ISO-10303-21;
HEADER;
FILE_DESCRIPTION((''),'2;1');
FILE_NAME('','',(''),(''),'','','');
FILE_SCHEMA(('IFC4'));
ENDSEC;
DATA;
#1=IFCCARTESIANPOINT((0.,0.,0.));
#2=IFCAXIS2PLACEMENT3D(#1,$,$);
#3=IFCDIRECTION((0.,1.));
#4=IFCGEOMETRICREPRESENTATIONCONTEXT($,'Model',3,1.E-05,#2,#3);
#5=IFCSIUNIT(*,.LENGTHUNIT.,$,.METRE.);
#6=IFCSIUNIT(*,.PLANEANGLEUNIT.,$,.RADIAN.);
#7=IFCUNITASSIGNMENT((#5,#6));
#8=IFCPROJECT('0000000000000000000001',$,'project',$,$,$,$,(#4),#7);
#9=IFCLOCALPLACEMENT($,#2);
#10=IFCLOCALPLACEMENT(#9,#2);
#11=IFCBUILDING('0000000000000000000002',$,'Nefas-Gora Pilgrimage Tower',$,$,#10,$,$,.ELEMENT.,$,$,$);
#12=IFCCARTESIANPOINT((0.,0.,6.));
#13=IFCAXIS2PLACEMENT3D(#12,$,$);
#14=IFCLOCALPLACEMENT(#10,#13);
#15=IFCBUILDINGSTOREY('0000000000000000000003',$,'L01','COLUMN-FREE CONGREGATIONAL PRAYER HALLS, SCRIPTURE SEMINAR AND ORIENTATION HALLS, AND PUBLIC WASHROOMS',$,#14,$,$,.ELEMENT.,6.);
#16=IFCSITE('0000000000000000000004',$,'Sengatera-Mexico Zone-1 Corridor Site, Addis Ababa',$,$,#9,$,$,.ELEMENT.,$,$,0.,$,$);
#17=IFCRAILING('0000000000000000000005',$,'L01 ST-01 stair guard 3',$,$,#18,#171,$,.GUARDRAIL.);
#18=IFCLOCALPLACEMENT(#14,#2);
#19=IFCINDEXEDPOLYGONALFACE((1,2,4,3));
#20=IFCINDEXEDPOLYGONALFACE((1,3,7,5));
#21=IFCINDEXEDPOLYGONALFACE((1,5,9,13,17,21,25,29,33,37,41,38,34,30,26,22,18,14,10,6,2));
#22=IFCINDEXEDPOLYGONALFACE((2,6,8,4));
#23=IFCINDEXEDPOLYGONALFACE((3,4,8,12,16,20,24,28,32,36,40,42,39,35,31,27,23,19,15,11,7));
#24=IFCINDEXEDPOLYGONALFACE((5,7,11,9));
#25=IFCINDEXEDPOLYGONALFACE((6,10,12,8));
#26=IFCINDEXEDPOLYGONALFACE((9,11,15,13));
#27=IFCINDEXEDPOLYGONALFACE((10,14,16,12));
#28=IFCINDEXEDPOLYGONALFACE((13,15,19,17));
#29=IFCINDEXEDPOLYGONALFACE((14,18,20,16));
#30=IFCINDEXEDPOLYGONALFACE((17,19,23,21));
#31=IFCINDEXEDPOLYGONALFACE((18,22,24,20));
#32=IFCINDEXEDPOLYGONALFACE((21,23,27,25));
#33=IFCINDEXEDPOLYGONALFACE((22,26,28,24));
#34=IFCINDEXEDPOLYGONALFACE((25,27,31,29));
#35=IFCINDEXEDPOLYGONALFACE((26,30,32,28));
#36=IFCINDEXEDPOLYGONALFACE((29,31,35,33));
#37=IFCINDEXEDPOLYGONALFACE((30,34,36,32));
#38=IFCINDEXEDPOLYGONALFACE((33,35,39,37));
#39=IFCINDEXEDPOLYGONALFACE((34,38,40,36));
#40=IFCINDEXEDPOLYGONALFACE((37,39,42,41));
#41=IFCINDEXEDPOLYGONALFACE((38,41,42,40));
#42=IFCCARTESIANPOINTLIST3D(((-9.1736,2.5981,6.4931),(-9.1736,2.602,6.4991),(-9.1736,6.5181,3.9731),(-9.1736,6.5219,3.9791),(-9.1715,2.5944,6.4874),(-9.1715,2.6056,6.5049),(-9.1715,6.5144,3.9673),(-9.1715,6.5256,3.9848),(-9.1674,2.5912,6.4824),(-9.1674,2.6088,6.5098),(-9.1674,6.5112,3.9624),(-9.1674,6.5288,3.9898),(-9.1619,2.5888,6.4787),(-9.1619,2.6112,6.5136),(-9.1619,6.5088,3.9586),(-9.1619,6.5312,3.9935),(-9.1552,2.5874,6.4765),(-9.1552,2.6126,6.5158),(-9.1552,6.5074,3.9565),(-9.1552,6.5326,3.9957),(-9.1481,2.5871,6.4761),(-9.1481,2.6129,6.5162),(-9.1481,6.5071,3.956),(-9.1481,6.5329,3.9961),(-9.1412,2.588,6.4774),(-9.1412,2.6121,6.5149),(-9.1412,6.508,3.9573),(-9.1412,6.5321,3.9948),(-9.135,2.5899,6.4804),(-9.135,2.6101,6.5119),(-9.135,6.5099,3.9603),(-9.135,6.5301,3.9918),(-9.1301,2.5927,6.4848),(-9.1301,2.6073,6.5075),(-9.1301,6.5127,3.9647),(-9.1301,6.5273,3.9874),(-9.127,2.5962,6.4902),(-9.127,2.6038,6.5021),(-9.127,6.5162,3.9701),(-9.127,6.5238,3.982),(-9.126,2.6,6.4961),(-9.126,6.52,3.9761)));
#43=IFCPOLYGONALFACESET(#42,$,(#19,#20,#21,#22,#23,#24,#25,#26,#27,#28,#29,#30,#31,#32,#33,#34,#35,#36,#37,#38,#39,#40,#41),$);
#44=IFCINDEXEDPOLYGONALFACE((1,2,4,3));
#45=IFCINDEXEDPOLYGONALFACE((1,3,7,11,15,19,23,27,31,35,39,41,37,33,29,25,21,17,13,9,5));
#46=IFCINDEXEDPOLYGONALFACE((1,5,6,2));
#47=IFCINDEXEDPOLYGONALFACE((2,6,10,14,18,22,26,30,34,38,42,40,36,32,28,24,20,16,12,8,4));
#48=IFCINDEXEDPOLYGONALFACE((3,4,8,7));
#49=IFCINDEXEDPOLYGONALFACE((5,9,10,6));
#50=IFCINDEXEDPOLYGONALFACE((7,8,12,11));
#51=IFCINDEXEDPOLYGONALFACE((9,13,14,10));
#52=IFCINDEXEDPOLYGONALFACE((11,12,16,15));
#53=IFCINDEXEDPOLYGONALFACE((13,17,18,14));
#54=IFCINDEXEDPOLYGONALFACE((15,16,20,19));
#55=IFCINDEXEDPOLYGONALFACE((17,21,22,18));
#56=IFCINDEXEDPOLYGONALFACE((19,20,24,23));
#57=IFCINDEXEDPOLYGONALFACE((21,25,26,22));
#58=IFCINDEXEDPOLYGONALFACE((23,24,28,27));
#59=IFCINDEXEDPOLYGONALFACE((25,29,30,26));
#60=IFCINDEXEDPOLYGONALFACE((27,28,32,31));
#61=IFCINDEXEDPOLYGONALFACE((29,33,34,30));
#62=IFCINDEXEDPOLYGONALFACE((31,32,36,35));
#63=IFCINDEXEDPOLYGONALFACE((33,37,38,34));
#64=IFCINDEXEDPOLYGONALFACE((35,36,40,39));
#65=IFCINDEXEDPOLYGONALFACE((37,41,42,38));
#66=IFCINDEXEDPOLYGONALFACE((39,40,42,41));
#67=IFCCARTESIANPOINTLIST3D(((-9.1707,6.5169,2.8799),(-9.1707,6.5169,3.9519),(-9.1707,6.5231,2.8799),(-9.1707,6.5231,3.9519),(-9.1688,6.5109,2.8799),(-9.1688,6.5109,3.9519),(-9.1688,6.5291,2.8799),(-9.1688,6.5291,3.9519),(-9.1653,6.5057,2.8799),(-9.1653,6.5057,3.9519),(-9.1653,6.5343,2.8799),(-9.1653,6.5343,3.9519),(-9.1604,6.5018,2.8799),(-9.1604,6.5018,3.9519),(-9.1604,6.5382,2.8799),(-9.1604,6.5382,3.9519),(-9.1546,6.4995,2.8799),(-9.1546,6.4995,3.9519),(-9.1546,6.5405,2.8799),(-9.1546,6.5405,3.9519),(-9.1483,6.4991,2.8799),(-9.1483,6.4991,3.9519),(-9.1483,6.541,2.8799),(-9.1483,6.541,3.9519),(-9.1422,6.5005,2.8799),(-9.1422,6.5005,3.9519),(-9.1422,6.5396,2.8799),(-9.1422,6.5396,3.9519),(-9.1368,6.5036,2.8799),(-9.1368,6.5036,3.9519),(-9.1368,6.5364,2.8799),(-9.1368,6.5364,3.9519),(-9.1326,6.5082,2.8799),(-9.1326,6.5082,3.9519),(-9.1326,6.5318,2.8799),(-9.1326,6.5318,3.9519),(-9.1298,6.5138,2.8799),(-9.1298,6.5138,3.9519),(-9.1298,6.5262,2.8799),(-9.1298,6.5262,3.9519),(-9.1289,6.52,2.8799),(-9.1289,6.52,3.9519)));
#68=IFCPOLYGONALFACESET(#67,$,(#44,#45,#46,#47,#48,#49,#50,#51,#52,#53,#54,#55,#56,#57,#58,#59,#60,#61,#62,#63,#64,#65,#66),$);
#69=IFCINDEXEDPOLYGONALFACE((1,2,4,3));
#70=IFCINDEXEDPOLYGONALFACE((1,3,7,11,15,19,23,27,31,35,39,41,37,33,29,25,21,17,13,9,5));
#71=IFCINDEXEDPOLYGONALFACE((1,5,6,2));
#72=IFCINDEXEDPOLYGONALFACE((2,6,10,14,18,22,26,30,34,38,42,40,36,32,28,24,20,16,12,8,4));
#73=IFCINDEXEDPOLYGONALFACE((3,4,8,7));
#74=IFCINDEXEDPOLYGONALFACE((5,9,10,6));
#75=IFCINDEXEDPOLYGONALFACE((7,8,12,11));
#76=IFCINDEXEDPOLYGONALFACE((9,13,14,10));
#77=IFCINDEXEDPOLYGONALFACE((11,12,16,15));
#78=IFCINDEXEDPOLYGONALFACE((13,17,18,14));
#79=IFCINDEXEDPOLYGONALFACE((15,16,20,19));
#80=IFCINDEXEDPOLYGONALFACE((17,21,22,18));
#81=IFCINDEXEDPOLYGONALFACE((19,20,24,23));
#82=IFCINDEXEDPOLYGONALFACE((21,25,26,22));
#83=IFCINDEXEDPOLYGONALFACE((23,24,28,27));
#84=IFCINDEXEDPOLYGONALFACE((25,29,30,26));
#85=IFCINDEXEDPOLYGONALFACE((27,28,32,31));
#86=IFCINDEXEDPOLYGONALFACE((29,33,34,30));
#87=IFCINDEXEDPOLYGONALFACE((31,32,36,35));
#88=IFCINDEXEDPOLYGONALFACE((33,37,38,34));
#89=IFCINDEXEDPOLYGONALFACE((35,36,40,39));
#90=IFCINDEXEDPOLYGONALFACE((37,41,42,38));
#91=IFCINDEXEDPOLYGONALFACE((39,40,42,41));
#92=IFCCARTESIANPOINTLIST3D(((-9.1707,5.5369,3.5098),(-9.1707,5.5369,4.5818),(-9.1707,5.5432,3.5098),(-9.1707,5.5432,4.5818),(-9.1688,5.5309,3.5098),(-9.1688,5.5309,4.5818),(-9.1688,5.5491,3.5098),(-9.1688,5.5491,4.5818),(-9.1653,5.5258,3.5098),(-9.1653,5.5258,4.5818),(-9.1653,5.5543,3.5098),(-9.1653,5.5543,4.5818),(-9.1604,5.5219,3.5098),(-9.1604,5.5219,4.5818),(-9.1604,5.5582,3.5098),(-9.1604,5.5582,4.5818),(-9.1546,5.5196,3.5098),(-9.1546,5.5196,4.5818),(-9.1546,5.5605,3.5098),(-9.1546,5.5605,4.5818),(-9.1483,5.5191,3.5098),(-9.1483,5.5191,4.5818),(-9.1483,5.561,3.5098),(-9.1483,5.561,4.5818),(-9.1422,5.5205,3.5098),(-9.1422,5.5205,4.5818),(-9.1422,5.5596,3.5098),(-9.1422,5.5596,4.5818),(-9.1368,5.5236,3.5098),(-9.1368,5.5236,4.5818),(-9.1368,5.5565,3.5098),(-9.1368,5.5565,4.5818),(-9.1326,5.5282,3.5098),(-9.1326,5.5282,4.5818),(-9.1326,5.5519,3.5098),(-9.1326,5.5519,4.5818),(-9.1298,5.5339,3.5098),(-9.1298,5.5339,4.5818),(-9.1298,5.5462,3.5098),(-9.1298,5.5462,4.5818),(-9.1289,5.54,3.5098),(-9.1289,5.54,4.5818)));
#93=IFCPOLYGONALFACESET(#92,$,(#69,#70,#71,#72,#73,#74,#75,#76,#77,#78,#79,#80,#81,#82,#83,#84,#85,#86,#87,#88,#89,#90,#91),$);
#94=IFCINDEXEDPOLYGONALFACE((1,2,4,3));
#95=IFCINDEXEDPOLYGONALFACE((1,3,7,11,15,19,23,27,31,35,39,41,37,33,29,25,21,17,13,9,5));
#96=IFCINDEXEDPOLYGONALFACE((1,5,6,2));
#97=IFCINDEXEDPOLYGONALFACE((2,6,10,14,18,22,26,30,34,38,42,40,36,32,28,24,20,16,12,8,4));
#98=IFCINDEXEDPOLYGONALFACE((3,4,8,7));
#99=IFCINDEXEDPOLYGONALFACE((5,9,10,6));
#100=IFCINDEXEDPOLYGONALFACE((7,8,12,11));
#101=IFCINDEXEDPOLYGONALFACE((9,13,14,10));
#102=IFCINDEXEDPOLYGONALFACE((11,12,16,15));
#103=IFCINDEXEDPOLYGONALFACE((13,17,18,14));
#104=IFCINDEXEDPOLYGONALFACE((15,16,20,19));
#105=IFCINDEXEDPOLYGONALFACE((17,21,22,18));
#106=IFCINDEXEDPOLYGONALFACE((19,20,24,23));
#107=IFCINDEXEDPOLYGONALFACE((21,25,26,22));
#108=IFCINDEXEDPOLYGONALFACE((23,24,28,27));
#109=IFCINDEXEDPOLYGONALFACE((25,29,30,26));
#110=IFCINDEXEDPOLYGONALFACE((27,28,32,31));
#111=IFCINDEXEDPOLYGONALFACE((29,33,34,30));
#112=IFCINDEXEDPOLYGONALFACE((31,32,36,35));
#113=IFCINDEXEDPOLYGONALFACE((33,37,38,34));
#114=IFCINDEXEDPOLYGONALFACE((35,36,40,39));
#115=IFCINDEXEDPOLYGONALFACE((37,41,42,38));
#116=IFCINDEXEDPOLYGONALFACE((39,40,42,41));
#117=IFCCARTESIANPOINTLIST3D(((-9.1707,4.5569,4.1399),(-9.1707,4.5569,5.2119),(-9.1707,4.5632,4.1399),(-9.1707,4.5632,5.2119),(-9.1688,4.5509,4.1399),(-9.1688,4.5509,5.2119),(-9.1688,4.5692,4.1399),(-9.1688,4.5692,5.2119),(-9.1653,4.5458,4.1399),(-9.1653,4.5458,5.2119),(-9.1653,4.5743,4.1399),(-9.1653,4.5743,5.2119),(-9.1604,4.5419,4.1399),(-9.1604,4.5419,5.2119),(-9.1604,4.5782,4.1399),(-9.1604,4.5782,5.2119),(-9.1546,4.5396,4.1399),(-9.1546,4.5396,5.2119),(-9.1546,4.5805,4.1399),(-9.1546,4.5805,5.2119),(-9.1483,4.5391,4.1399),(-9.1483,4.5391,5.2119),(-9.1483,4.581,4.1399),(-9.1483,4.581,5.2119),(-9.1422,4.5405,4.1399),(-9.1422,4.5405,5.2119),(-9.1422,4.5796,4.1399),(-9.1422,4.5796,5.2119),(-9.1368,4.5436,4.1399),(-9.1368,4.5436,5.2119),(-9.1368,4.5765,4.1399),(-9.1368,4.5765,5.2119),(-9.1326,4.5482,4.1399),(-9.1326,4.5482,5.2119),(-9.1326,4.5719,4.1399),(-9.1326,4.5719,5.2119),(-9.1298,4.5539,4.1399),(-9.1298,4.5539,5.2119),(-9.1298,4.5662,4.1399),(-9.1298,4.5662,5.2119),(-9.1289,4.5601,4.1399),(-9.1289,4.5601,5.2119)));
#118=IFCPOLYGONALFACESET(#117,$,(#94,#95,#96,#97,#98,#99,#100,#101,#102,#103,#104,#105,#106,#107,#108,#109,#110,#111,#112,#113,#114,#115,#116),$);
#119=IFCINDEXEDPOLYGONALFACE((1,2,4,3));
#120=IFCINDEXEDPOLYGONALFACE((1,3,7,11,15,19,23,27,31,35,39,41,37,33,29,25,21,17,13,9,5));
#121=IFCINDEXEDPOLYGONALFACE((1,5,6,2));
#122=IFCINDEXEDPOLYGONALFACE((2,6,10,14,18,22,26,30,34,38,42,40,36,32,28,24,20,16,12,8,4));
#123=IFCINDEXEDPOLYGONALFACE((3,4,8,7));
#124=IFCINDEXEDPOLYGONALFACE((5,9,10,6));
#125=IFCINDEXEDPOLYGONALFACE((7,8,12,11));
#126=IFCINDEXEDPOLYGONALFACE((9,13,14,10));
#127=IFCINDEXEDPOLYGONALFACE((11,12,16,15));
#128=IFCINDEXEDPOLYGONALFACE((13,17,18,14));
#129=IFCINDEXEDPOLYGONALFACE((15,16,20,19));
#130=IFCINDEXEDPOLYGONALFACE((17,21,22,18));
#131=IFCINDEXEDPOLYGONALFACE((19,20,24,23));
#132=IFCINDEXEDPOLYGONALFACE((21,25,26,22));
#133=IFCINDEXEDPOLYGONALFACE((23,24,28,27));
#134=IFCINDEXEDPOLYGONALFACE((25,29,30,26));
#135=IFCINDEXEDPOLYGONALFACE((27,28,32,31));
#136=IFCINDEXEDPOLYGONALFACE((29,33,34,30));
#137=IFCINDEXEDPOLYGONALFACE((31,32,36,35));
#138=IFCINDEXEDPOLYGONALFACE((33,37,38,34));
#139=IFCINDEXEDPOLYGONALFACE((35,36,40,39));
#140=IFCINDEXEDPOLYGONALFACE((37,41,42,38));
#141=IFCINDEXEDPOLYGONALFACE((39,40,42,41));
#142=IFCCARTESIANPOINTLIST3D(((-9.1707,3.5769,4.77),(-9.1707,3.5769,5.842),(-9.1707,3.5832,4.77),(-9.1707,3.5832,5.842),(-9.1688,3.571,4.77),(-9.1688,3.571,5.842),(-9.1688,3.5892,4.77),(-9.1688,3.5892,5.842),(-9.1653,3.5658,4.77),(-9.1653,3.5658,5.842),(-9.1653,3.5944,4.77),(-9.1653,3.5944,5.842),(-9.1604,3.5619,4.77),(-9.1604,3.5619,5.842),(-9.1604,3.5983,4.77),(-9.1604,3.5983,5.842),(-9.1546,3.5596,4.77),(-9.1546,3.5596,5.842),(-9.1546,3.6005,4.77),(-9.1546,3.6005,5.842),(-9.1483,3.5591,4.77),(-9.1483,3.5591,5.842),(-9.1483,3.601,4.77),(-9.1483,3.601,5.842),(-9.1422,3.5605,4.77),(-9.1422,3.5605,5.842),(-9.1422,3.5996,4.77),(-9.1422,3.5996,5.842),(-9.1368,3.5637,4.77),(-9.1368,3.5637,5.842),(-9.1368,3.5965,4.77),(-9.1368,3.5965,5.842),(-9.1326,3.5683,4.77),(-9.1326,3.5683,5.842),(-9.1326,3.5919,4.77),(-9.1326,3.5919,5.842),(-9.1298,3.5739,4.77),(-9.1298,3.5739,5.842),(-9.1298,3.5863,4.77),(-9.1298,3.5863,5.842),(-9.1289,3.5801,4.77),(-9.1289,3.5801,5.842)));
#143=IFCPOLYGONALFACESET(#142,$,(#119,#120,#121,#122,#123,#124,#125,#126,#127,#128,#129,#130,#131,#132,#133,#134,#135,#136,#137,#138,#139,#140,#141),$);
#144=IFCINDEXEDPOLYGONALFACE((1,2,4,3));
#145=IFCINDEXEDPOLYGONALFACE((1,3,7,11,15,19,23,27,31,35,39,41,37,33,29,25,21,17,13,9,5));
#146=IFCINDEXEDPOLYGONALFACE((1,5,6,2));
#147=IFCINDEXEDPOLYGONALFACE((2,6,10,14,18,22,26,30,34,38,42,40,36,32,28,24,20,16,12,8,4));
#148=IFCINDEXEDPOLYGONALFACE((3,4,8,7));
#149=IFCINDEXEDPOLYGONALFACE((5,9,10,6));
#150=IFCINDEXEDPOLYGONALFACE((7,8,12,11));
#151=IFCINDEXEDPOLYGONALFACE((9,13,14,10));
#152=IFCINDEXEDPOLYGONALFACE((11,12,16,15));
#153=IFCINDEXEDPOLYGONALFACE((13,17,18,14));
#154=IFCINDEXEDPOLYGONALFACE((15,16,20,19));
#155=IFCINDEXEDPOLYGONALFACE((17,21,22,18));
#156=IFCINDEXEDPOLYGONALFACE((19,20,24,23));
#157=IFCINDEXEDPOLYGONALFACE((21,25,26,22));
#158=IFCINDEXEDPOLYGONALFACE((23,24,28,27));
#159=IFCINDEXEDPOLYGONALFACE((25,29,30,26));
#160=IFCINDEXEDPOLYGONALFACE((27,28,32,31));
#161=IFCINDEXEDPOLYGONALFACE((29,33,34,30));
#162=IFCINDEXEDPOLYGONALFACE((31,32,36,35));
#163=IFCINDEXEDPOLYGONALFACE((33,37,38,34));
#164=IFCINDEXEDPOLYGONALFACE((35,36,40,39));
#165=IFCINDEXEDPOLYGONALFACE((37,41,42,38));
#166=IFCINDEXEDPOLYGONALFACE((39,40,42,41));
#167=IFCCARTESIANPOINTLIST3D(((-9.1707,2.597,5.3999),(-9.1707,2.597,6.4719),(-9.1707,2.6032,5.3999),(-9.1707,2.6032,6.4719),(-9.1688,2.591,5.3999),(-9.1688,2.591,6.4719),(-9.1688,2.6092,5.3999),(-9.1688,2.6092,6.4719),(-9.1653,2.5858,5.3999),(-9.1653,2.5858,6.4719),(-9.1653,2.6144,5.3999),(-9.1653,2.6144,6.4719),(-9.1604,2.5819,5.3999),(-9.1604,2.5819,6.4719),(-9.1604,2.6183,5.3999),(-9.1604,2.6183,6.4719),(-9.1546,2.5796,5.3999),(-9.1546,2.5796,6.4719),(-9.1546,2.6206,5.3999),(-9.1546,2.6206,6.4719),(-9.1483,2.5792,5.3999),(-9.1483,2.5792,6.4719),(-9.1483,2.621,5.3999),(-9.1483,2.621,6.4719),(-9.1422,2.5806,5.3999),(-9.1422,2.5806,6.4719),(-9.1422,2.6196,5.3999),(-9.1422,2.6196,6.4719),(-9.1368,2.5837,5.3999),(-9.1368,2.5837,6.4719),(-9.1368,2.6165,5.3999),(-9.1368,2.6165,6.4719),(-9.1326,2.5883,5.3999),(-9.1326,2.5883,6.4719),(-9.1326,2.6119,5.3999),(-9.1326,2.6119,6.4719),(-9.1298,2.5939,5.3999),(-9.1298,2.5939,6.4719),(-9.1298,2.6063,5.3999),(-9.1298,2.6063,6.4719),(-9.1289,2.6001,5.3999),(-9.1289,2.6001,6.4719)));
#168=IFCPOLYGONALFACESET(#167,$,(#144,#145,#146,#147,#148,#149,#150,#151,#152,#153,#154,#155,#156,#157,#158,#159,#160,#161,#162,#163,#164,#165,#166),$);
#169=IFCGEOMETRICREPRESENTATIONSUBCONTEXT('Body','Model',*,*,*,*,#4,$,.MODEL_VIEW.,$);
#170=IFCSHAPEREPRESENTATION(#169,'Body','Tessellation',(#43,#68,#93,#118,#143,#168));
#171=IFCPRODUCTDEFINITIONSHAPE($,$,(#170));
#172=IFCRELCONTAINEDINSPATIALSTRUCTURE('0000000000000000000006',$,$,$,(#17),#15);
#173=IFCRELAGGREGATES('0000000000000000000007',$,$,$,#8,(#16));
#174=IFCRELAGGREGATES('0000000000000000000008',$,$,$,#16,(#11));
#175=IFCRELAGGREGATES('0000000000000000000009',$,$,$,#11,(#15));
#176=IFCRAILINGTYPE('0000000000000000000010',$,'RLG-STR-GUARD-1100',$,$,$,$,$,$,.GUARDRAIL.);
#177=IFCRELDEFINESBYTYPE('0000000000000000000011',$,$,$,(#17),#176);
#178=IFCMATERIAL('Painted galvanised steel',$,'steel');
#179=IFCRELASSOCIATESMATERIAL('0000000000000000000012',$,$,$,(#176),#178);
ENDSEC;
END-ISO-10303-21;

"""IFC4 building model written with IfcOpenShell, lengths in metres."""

from ifc_helpers import new_model, si_unit, direction, frame, origin, origin_2d, place, context, subcontext, project, spatial, circle, extrude, material, type_object, element, save


model = new_model("IFC4")

# Units and contexts
model_context = context("Model", 3, precision=1e-05, world=origin(), true_north=direction((0.0, 1.0)))
body_context = subcontext(model_context, "Body", "Model", "MODEL_VIEW")
ifc_project = project(units=[si_unit("LENGTHUNIT", "METRE"), si_unit("PLANEANGLEUNIT", "RADIAN")], contexts=[model_context])

# Site, building, storey
site_placement = place(None, origin())
site = spatial("IfcSite", under=ifc_project, at=site_placement, Name="Sengatera-Mexico Zone-1 Corridor Site, Addis Ababa", CompositionType="ELEMENT", RefElevation=0.0)
building_placement = place(site_placement, origin())
building = spatial("IfcBuilding", under=site, at=building_placement, Name="Nefas-Gora Pilgrimage Tower", CompositionType="ELEMENT")
storey_placement = place(building_placement, frame((0.0, 0.0, 6.0)))
storey = spatial("IfcBuildingStorey", under=building, at=storey_placement, Name="L01", Description="COLUMN-FREE CONGREGATIONAL PRAYER HALLS, SCRIPTURE SEMINAR AND ORIENTATION HALLS, AND PUBLIC WASHROOMS", CompositionType="ELEMENT", Elevation=6.0)

# Railing
ifc_material_1 = material(Name="Painted galvanised steel", Category="steel")
railing_type_1 = type_object("IfcRailingType", Name="RLG-STR-GUARD-1100", PredefinedType="GUARDRAIL", material=ifc_material_1)
railing_1_placement = place(storey_placement, frame((-9.1499, 6.52, 2.8799)))
element("IfcRailing", 1, at=railing_1_placement, inside=storey, type_object=railing_type_1, Name="L01 ST-01 stair guard 3", PredefinedType="GUARDRAIL", context=body_context, shape_type="SweptSolid", body=[
    extrude(circle(Radius=0.0239, at=origin_2d()), frame((0.0, 0.0, 1.0962), z_axis=(0.0, -0.841172, 0.540768), x_axis=(1.0, 0.0, 0.0)), (0.0, 0.0, 1.0), 4.6602),
    extrude(circle(Radius=0.021, at=origin_2d()), origin(), (0.0, 0.0, 1.0), 1.072),
    extrude(circle(Radius=0.021, at=origin_2d()), frame((0.0, -0.98, 0.6299)), (0.0, 0.0, 1.0), 1.072),
    extrude(circle(Radius=0.021, at=origin_2d()), frame((0.0, -1.96, 1.26)), (0.0, 0.0, 1.0), 1.072),
    extrude(circle(Radius=0.021, at=origin_2d()), frame((0.0, -2.9399, 1.8901)), (0.0, 0.0, 1.0), 1.072),
    extrude(circle(Radius=0.021, at=origin_2d()), frame((0.0, -3.9199, 2.52)), (0.0, 0.0, 1.0), 1.072),
])

save(model, "model.ifc")
